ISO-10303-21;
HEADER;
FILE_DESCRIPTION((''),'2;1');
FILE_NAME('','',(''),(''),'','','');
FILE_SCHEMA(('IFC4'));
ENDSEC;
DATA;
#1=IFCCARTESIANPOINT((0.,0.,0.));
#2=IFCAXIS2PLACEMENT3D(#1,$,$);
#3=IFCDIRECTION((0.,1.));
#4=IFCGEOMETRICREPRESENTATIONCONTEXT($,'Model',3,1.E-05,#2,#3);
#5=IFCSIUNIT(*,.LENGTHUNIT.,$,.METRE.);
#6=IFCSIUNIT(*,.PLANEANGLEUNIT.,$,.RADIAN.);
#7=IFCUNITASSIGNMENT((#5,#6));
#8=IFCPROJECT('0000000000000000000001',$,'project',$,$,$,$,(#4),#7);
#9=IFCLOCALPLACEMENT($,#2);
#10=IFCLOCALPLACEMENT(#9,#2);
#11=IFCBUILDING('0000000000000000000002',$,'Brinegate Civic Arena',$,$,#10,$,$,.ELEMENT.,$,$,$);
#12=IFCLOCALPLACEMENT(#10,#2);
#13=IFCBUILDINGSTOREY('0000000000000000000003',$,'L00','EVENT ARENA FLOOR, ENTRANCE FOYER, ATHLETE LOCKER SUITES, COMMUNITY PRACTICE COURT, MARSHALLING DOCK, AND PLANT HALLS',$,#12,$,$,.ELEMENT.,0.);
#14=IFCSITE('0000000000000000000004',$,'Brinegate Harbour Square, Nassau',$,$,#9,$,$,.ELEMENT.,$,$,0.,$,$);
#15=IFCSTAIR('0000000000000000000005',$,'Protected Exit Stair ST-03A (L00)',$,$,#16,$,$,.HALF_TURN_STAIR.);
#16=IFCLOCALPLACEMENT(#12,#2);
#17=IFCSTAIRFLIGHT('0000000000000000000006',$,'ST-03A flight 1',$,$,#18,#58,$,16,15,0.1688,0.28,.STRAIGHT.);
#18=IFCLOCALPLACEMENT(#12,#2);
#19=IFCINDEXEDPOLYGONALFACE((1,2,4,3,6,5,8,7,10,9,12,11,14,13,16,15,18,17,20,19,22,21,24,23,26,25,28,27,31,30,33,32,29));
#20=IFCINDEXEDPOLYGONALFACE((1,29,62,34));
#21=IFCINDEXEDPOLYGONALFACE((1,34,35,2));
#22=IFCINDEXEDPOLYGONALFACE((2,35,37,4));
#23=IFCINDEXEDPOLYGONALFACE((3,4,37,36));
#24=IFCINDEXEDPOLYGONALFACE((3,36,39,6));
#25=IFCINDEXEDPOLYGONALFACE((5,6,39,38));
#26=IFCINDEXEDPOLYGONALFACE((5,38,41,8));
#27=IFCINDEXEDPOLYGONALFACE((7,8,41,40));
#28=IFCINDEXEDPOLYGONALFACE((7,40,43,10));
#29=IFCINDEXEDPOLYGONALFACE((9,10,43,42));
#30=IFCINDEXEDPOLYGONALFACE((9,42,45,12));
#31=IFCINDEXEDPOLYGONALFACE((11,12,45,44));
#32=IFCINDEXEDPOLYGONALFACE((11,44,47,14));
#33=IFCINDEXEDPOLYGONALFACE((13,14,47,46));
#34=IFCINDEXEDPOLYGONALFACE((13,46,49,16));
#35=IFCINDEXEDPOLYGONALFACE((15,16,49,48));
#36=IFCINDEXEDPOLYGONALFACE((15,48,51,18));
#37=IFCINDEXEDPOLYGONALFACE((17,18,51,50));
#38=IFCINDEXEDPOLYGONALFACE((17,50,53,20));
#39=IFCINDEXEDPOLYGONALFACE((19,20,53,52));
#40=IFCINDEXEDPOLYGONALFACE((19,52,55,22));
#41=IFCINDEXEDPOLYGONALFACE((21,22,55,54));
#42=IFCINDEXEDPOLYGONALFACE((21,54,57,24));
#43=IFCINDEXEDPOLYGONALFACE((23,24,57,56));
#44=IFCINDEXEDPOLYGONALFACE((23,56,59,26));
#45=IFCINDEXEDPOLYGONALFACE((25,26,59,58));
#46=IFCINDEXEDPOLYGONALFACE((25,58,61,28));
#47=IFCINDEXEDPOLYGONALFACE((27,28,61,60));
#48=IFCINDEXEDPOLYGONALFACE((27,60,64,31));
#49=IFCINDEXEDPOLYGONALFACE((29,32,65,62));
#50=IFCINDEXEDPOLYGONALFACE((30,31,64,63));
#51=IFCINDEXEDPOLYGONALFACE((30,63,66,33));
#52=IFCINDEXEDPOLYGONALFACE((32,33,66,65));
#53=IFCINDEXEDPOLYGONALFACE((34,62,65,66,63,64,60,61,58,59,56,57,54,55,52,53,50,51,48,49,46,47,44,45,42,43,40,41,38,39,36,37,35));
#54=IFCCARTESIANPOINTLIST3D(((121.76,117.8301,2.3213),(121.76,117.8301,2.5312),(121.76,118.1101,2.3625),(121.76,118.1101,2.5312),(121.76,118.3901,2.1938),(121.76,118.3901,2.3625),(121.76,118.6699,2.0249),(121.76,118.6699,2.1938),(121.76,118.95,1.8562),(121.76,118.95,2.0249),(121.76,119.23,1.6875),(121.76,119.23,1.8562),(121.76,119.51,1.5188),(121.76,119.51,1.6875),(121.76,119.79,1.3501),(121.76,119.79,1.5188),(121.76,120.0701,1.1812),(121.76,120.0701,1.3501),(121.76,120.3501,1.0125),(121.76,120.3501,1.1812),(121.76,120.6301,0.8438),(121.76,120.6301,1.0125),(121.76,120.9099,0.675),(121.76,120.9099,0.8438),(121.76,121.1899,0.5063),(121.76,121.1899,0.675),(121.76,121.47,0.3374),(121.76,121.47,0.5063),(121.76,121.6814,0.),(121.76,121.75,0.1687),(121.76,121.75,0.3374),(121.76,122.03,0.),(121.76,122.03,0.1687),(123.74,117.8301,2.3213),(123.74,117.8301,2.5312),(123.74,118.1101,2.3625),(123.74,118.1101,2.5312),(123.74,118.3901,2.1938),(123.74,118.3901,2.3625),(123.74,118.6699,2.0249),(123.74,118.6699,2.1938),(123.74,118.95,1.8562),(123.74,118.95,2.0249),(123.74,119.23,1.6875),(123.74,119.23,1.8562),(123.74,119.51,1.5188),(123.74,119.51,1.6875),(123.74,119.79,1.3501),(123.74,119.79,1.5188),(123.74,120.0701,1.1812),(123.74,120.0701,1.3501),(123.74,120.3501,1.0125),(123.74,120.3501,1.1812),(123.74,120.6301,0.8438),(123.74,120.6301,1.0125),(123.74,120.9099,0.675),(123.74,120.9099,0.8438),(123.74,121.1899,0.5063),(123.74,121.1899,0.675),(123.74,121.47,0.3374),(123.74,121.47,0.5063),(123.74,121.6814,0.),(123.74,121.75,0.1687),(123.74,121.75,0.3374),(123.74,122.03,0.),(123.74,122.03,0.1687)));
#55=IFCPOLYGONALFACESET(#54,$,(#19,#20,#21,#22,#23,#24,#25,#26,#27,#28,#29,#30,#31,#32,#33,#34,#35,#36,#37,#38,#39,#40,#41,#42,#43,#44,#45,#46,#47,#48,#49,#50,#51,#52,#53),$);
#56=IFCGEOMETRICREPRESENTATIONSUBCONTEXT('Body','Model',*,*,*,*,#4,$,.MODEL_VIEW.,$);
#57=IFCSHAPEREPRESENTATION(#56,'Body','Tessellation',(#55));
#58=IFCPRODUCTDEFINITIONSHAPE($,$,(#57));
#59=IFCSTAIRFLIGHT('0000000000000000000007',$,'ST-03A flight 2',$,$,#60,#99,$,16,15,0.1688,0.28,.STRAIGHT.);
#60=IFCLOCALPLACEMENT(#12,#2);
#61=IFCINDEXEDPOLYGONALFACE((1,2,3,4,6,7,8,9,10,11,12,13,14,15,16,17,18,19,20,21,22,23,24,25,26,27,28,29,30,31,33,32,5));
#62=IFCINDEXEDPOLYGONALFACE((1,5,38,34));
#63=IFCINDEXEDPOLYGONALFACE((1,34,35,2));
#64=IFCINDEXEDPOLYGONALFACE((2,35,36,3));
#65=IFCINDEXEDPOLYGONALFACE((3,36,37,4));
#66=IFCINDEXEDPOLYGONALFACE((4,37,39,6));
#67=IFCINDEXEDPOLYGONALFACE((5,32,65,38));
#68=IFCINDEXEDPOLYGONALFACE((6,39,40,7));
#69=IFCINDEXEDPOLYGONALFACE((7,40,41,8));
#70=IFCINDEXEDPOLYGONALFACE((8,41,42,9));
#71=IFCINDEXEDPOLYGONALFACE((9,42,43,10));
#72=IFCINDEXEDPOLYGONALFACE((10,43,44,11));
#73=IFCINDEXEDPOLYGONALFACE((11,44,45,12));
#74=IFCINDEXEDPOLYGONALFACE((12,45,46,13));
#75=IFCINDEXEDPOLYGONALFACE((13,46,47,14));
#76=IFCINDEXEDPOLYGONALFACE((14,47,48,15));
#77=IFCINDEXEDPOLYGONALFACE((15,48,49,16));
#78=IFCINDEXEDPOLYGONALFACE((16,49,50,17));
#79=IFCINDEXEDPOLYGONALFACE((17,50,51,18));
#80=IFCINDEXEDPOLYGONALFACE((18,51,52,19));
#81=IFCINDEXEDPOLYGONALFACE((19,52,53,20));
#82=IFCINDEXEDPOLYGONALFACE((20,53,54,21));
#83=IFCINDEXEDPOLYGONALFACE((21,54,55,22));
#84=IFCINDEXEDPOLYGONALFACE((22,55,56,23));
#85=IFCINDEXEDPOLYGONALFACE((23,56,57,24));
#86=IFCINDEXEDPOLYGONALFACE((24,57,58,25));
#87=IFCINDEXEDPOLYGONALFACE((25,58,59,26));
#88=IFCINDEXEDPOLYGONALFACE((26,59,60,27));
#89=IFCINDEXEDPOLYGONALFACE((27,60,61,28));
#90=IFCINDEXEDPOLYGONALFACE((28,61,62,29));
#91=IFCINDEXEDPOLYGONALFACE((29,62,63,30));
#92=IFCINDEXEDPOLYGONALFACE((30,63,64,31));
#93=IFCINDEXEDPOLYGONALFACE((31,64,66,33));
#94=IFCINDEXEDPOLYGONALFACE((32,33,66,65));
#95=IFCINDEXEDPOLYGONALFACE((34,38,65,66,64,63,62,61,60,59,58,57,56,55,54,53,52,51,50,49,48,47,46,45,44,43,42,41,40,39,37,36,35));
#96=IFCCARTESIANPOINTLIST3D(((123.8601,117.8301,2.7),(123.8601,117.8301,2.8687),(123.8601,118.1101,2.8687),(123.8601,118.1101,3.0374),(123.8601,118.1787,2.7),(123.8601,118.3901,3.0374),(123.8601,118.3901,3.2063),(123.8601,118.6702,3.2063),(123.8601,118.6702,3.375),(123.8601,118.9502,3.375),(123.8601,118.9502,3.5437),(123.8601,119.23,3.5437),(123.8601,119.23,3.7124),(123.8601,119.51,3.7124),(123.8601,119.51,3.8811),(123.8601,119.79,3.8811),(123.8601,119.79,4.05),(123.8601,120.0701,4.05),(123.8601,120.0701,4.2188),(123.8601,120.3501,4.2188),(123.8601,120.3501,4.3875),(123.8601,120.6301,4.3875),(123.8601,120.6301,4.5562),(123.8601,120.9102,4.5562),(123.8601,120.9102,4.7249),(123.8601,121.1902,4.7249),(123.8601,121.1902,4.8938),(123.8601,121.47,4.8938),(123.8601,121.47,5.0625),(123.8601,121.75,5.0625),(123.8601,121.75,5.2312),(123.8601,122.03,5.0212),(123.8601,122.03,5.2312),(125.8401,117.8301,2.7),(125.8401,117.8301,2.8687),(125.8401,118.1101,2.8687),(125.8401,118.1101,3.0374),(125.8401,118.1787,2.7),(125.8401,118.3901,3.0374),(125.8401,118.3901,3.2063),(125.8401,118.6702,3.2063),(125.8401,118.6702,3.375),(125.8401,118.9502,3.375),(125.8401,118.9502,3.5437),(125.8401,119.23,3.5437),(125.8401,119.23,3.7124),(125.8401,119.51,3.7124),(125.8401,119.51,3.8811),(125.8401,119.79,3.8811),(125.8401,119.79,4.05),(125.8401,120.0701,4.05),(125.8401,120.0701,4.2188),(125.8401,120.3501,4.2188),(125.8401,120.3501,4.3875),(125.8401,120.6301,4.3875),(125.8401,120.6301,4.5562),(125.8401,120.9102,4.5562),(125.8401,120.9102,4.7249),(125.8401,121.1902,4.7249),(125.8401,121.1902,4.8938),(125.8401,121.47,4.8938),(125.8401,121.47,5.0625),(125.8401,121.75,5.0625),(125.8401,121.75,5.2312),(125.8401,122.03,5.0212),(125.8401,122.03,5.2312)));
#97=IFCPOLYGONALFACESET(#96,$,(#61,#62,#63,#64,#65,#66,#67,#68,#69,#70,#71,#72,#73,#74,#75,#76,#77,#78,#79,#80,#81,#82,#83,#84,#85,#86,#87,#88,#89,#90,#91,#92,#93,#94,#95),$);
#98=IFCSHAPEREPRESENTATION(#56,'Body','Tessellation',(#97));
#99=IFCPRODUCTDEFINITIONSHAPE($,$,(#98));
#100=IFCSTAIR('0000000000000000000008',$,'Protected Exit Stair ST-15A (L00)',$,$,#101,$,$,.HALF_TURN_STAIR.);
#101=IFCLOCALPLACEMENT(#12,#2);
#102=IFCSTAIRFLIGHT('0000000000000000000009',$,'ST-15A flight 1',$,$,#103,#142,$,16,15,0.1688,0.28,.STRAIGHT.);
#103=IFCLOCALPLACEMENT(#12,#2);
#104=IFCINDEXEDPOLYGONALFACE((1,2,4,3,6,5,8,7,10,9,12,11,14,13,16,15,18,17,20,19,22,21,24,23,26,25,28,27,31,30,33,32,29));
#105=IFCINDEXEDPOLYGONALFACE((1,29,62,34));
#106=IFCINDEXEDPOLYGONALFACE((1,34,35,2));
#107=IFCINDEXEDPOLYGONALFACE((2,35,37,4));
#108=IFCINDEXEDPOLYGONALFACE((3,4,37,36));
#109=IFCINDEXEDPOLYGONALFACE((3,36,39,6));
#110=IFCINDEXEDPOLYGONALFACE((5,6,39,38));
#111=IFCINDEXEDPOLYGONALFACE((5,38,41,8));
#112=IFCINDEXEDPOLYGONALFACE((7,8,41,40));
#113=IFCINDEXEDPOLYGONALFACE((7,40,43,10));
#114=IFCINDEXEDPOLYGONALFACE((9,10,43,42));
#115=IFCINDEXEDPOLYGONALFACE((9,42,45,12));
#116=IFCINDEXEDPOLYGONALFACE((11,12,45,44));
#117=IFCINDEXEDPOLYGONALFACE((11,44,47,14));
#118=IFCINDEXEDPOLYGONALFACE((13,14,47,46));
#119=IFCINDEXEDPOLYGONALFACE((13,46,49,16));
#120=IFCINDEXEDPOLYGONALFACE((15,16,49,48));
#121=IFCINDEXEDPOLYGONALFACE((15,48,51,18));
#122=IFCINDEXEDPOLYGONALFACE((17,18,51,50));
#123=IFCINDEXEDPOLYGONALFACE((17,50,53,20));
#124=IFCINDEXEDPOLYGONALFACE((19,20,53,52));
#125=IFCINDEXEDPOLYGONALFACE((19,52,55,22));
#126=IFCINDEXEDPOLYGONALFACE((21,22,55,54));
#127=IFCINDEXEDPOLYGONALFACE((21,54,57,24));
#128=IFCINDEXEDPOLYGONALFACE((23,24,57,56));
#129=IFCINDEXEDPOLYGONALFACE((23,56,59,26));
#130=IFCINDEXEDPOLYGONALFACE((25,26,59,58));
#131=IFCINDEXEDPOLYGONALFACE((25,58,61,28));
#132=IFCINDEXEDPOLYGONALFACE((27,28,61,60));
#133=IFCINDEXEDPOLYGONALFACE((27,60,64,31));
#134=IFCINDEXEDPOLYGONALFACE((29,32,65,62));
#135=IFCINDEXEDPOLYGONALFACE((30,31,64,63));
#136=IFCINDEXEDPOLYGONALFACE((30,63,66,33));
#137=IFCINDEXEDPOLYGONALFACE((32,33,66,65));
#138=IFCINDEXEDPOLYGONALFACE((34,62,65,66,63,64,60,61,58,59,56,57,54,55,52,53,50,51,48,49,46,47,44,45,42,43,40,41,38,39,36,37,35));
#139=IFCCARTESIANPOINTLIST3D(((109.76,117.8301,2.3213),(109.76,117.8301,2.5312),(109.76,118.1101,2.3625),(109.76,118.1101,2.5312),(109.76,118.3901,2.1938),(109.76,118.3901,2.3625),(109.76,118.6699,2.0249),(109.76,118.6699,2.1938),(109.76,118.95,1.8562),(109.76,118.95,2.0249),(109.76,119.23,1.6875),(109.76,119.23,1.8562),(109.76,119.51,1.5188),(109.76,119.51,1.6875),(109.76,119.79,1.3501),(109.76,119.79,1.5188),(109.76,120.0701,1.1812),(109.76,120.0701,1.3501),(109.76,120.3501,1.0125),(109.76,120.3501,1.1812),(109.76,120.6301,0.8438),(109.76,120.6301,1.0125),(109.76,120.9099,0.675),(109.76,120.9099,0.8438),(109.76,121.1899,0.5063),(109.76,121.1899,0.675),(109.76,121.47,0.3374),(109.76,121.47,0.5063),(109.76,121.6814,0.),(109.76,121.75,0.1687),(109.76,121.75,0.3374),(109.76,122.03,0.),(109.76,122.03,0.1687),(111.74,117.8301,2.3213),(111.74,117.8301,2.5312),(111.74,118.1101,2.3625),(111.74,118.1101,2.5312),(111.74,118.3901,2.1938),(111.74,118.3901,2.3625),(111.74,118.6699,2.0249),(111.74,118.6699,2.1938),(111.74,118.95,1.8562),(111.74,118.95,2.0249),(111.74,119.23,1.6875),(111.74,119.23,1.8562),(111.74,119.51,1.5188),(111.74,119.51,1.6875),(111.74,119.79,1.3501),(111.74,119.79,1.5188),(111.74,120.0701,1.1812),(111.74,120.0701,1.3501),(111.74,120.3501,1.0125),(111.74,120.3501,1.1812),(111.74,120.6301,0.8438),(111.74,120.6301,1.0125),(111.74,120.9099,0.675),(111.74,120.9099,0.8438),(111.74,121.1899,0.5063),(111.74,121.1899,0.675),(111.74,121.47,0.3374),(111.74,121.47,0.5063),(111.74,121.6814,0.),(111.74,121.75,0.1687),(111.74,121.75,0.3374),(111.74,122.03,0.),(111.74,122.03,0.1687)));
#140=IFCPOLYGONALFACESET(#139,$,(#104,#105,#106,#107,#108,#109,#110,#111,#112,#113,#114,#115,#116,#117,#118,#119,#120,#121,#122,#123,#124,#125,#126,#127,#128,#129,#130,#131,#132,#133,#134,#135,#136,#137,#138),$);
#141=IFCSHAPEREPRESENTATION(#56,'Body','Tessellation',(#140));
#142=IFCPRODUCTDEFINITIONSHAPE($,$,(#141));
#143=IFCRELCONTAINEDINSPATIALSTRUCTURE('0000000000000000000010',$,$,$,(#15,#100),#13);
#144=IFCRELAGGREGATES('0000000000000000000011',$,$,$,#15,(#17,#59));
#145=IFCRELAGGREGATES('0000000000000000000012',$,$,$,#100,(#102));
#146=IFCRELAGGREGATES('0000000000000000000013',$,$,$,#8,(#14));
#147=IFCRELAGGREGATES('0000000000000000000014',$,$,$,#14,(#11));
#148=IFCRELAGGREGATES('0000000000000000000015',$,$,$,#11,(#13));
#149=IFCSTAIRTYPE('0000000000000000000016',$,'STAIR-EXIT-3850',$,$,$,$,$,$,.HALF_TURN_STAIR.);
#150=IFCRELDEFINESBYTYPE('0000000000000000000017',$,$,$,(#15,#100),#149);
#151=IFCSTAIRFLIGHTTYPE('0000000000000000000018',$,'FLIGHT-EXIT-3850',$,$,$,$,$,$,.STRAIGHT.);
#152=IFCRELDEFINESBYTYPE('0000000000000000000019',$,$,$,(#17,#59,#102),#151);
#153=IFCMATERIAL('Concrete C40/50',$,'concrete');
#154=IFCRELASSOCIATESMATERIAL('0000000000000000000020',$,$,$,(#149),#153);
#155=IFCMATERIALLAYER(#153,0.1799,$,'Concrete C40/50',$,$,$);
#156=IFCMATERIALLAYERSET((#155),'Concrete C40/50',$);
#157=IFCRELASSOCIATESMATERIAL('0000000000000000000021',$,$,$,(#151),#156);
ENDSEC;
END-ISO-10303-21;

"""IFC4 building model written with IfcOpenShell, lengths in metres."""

from ifc_helpers import new_model, si_unit, direction, frame, origin, place, context, subcontext, project, spatial, polyline, outline, extrude, material, layer, layer_set, type_object, element, aggregate, save


model = new_model("IFC4")

# Units and contexts
model_context = context("Model", 3, precision=1e-05, world=origin(), true_north=direction((0.0, 1.0)))
body_context = subcontext(model_context, "Body", "Model", "MODEL_VIEW")
ifc_project = project(units=[si_unit("LENGTHUNIT", "METRE"), si_unit("PLANEANGLEUNIT", "RADIAN")], contexts=[model_context])

# Site, building, storey
site_placement = place(None, origin())
site = spatial("IfcSite", under=ifc_project, at=site_placement, Name="Brinegate Harbour Square, Nassau", CompositionType="ELEMENT", RefElevation=0.0)
building_placement = place(site_placement, origin())
building = spatial("IfcBuilding", under=site, at=building_placement, Name="Brinegate Civic Arena", CompositionType="ELEMENT")
storey_placement = place(building_placement, origin())
storey = spatial("IfcBuildingStorey", under=building, at=storey_placement, Name="L00", Description="EVENT ARENA FLOOR, ENTRANCE FOYER, ATHLETE LOCKER SUITES, COMMUNITY PRACTICE COURT, MARSHALLING DOCK, AND PLANT HALLS", CompositionType="ELEMENT", Elevation=0.0)

# Shared definitions
ifc_material_1 = material(Name="Concrete C40/50", Category="concrete")

# Stair, stair flights
stair_type_1 = type_object("IfcStairType", Name="STAIR-EXIT-3850", PredefinedType="HALF_TURN_STAIR", material=ifc_material_1)
stair_1_placement = place(storey_placement, origin())
stair_1 = element("IfcStair", 1, at=stair_1_placement, inside=storey, type_object=stair_type_1, Name="Protected Exit Stair ST-03A (L00)", PredefinedType="HALF_TURN_STAIR")
ifc_layer_1 = layer(ifc_material_1, 0.1799, Name="Concrete C40/50")
ifc_layer_set_1 = layer_set([ifc_layer_1], Name="Concrete C40/50")
stair_flight_type_1 = type_object("IfcStairFlightType", Name="FLIGHT-EXIT-3850", PredefinedType="STRAIGHT", material=ifc_layer_set_1)
stair_flight_1_placement = place(storey_placement, frame((122.75, 122.03, 0.0), z_axis=(0.0, 0.0, 1.0), x_axis=(0.0, -1.0, 0.0)))
stair_flight_1 = element("IfcStairFlight", 2, at=stair_flight_1_placement, type_object=stair_flight_type_1, Name="ST-03A flight 1", NumberOfRisers=16, NumberOfTreads=15, PredefinedType="STRAIGHT", RiserHeight=0.1688, TreadLength=0.28, context=body_context, shape_type="SweptSolid", body=[
    extrude(outline(polyline([(0.0, 0.0), (0.0, 0.1687), (0.28, 0.1687), (0.28, 0.3374), (0.5601, 0.3374), (0.5601, 0.5063), (0.8401, 0.5063), (0.8401, 0.675), (1.1201, 0.675), (1.1201, 0.8438), (1.3999, 0.8438), (1.3999, 1.0125), (1.6799, 1.0125), (1.6799, 1.1812), (1.96, 1.1812), (1.96, 1.3501), (2.24, 1.3501), (2.24, 1.5188), (2.52, 1.5188), (2.52, 1.6875), (2.8, 1.6875), (2.8, 1.8562), (3.0801, 1.8562), (3.0801, 2.0249), (3.3601, 2.0249), (3.3601, 2.1938), (3.6399, 2.1938), (3.6399, 2.3625), (3.9199, 2.3625), (3.9199, 2.5312), (4.2, 2.5312), (4.2, 2.7), (4.2, 2.3213), (0.3486, 0.0), (0.0, 0.0)])), frame((0.0, 0.99, 0.0), z_axis=(0.0, -1.0, 0.0), x_axis=(1.0, 0.0, 0.0)), (0.0, 0.0, 1.0), 1.98),
])
stair_flight_2_placement = place(storey_placement, frame((124.8501, 117.8301, 2.7), z_axis=(0.0, 0.0, 1.0), x_axis=(0.0, 1.0, 0.0)))
stair_flight_2 = element("IfcStairFlight", 3, at=stair_flight_2_placement, type_object=stair_flight_type_1, Name="ST-03A flight 2", NumberOfRisers=16, NumberOfTreads=15, PredefinedType="STRAIGHT", RiserHeight=0.1688, TreadLength=0.28, context=body_context, shape_type="SweptSolid", body=[
    extrude(outline(polyline([(0.0, 0.0), (0.0, 0.1687), (0.28, 0.1687), (0.28, 0.3374), (0.5601, 0.3374), (0.5601, 0.5063), (0.8401, 0.5063), (0.8401, 0.675), (1.1201, 0.675), (1.1201, 0.8438), (1.3999, 0.8438), (1.3999, 1.0125), (1.6799, 1.0125), (1.6799, 1.1812), (1.96, 1.1812), (1.96, 1.3501), (2.24, 1.3501), (2.24, 1.5188), (2.52, 1.5188), (2.52, 1.6875), (2.8, 1.6875), (2.8, 1.8562), (3.0801, 1.8562), (3.0801, 2.0249), (3.3601, 2.0249), (3.3601, 2.1938), (3.6399, 2.1938), (3.6399, 2.3625), (3.9199, 2.3625), (3.9199, 2.5312), (4.2, 2.5312), (4.2, 2.7), (4.2, 2.3213), (0.3486, 0.0), (0.0, 0.0)])), frame((0.0, 0.99, 0.0), z_axis=(0.0, -1.0, 0.0), x_axis=(1.0, 0.0, 0.0)), (0.0, 0.0, 1.0), 1.98),
])
aggregate(stair_1, [stair_flight_1, stair_flight_2])

# Stair, stair flight
stair_2_placement = place(storey_placement, origin())
stair_2 = element("IfcStair", 4, at=stair_2_placement, inside=storey, type_object=stair_type_1, Name="Protected Exit Stair ST-15A (L00)", PredefinedType="HALF_TURN_STAIR")
stair_flight_3_placement = place(storey_placement, frame((110.75, 122.03, 0.0), z_axis=(0.0, 0.0, 1.0), x_axis=(0.0, -1.0, 0.0)))
stair_flight_3 = element("IfcStairFlight", 5, at=stair_flight_3_placement, type_object=stair_flight_type_1, Name="ST-15A flight 1", NumberOfRisers=16, NumberOfTreads=15, PredefinedType="STRAIGHT", RiserHeight=0.1688, TreadLength=0.28, context=body_context, shape_type="SweptSolid", body=[
    extrude(outline(polyline([(0.0, 0.0), (0.0, 0.1687), (0.28, 0.1687), (0.28, 0.3374), (0.5601, 0.3374), (0.5601, 0.5063), (0.8401, 0.5063), (0.8401, 0.675), (1.1201, 0.675), (1.1201, 0.8438), (1.3999, 0.8438), (1.3999, 1.0125), (1.6799, 1.0125), (1.6799, 1.1812), (1.96, 1.1812), (1.96, 1.3501), (2.24, 1.3501), (2.24, 1.5188), (2.52, 1.5188), (2.52, 1.6875), (2.8, 1.6875), (2.8, 1.8562), (3.0801, 1.8562), (3.0801, 2.0249), (3.3601, 2.0249), (3.3601, 2.1938), (3.6399, 2.1938), (3.6399, 2.3625), (3.9199, 2.3625), (3.9199, 2.5312), (4.2, 2.5312), (4.2, 2.7), (4.2, 2.3213), (0.3486, 0.0), (0.0, 0.0)])), frame((0.0, 0.99, 0.0), z_axis=(0.0, -1.0, 0.0), x_axis=(1.0, 0.0, 0.0)), (0.0, 0.0, 1.0), 1.98),
])
aggregate(stair_2, [stair_flight_3])

save(model, "model.ifc")
